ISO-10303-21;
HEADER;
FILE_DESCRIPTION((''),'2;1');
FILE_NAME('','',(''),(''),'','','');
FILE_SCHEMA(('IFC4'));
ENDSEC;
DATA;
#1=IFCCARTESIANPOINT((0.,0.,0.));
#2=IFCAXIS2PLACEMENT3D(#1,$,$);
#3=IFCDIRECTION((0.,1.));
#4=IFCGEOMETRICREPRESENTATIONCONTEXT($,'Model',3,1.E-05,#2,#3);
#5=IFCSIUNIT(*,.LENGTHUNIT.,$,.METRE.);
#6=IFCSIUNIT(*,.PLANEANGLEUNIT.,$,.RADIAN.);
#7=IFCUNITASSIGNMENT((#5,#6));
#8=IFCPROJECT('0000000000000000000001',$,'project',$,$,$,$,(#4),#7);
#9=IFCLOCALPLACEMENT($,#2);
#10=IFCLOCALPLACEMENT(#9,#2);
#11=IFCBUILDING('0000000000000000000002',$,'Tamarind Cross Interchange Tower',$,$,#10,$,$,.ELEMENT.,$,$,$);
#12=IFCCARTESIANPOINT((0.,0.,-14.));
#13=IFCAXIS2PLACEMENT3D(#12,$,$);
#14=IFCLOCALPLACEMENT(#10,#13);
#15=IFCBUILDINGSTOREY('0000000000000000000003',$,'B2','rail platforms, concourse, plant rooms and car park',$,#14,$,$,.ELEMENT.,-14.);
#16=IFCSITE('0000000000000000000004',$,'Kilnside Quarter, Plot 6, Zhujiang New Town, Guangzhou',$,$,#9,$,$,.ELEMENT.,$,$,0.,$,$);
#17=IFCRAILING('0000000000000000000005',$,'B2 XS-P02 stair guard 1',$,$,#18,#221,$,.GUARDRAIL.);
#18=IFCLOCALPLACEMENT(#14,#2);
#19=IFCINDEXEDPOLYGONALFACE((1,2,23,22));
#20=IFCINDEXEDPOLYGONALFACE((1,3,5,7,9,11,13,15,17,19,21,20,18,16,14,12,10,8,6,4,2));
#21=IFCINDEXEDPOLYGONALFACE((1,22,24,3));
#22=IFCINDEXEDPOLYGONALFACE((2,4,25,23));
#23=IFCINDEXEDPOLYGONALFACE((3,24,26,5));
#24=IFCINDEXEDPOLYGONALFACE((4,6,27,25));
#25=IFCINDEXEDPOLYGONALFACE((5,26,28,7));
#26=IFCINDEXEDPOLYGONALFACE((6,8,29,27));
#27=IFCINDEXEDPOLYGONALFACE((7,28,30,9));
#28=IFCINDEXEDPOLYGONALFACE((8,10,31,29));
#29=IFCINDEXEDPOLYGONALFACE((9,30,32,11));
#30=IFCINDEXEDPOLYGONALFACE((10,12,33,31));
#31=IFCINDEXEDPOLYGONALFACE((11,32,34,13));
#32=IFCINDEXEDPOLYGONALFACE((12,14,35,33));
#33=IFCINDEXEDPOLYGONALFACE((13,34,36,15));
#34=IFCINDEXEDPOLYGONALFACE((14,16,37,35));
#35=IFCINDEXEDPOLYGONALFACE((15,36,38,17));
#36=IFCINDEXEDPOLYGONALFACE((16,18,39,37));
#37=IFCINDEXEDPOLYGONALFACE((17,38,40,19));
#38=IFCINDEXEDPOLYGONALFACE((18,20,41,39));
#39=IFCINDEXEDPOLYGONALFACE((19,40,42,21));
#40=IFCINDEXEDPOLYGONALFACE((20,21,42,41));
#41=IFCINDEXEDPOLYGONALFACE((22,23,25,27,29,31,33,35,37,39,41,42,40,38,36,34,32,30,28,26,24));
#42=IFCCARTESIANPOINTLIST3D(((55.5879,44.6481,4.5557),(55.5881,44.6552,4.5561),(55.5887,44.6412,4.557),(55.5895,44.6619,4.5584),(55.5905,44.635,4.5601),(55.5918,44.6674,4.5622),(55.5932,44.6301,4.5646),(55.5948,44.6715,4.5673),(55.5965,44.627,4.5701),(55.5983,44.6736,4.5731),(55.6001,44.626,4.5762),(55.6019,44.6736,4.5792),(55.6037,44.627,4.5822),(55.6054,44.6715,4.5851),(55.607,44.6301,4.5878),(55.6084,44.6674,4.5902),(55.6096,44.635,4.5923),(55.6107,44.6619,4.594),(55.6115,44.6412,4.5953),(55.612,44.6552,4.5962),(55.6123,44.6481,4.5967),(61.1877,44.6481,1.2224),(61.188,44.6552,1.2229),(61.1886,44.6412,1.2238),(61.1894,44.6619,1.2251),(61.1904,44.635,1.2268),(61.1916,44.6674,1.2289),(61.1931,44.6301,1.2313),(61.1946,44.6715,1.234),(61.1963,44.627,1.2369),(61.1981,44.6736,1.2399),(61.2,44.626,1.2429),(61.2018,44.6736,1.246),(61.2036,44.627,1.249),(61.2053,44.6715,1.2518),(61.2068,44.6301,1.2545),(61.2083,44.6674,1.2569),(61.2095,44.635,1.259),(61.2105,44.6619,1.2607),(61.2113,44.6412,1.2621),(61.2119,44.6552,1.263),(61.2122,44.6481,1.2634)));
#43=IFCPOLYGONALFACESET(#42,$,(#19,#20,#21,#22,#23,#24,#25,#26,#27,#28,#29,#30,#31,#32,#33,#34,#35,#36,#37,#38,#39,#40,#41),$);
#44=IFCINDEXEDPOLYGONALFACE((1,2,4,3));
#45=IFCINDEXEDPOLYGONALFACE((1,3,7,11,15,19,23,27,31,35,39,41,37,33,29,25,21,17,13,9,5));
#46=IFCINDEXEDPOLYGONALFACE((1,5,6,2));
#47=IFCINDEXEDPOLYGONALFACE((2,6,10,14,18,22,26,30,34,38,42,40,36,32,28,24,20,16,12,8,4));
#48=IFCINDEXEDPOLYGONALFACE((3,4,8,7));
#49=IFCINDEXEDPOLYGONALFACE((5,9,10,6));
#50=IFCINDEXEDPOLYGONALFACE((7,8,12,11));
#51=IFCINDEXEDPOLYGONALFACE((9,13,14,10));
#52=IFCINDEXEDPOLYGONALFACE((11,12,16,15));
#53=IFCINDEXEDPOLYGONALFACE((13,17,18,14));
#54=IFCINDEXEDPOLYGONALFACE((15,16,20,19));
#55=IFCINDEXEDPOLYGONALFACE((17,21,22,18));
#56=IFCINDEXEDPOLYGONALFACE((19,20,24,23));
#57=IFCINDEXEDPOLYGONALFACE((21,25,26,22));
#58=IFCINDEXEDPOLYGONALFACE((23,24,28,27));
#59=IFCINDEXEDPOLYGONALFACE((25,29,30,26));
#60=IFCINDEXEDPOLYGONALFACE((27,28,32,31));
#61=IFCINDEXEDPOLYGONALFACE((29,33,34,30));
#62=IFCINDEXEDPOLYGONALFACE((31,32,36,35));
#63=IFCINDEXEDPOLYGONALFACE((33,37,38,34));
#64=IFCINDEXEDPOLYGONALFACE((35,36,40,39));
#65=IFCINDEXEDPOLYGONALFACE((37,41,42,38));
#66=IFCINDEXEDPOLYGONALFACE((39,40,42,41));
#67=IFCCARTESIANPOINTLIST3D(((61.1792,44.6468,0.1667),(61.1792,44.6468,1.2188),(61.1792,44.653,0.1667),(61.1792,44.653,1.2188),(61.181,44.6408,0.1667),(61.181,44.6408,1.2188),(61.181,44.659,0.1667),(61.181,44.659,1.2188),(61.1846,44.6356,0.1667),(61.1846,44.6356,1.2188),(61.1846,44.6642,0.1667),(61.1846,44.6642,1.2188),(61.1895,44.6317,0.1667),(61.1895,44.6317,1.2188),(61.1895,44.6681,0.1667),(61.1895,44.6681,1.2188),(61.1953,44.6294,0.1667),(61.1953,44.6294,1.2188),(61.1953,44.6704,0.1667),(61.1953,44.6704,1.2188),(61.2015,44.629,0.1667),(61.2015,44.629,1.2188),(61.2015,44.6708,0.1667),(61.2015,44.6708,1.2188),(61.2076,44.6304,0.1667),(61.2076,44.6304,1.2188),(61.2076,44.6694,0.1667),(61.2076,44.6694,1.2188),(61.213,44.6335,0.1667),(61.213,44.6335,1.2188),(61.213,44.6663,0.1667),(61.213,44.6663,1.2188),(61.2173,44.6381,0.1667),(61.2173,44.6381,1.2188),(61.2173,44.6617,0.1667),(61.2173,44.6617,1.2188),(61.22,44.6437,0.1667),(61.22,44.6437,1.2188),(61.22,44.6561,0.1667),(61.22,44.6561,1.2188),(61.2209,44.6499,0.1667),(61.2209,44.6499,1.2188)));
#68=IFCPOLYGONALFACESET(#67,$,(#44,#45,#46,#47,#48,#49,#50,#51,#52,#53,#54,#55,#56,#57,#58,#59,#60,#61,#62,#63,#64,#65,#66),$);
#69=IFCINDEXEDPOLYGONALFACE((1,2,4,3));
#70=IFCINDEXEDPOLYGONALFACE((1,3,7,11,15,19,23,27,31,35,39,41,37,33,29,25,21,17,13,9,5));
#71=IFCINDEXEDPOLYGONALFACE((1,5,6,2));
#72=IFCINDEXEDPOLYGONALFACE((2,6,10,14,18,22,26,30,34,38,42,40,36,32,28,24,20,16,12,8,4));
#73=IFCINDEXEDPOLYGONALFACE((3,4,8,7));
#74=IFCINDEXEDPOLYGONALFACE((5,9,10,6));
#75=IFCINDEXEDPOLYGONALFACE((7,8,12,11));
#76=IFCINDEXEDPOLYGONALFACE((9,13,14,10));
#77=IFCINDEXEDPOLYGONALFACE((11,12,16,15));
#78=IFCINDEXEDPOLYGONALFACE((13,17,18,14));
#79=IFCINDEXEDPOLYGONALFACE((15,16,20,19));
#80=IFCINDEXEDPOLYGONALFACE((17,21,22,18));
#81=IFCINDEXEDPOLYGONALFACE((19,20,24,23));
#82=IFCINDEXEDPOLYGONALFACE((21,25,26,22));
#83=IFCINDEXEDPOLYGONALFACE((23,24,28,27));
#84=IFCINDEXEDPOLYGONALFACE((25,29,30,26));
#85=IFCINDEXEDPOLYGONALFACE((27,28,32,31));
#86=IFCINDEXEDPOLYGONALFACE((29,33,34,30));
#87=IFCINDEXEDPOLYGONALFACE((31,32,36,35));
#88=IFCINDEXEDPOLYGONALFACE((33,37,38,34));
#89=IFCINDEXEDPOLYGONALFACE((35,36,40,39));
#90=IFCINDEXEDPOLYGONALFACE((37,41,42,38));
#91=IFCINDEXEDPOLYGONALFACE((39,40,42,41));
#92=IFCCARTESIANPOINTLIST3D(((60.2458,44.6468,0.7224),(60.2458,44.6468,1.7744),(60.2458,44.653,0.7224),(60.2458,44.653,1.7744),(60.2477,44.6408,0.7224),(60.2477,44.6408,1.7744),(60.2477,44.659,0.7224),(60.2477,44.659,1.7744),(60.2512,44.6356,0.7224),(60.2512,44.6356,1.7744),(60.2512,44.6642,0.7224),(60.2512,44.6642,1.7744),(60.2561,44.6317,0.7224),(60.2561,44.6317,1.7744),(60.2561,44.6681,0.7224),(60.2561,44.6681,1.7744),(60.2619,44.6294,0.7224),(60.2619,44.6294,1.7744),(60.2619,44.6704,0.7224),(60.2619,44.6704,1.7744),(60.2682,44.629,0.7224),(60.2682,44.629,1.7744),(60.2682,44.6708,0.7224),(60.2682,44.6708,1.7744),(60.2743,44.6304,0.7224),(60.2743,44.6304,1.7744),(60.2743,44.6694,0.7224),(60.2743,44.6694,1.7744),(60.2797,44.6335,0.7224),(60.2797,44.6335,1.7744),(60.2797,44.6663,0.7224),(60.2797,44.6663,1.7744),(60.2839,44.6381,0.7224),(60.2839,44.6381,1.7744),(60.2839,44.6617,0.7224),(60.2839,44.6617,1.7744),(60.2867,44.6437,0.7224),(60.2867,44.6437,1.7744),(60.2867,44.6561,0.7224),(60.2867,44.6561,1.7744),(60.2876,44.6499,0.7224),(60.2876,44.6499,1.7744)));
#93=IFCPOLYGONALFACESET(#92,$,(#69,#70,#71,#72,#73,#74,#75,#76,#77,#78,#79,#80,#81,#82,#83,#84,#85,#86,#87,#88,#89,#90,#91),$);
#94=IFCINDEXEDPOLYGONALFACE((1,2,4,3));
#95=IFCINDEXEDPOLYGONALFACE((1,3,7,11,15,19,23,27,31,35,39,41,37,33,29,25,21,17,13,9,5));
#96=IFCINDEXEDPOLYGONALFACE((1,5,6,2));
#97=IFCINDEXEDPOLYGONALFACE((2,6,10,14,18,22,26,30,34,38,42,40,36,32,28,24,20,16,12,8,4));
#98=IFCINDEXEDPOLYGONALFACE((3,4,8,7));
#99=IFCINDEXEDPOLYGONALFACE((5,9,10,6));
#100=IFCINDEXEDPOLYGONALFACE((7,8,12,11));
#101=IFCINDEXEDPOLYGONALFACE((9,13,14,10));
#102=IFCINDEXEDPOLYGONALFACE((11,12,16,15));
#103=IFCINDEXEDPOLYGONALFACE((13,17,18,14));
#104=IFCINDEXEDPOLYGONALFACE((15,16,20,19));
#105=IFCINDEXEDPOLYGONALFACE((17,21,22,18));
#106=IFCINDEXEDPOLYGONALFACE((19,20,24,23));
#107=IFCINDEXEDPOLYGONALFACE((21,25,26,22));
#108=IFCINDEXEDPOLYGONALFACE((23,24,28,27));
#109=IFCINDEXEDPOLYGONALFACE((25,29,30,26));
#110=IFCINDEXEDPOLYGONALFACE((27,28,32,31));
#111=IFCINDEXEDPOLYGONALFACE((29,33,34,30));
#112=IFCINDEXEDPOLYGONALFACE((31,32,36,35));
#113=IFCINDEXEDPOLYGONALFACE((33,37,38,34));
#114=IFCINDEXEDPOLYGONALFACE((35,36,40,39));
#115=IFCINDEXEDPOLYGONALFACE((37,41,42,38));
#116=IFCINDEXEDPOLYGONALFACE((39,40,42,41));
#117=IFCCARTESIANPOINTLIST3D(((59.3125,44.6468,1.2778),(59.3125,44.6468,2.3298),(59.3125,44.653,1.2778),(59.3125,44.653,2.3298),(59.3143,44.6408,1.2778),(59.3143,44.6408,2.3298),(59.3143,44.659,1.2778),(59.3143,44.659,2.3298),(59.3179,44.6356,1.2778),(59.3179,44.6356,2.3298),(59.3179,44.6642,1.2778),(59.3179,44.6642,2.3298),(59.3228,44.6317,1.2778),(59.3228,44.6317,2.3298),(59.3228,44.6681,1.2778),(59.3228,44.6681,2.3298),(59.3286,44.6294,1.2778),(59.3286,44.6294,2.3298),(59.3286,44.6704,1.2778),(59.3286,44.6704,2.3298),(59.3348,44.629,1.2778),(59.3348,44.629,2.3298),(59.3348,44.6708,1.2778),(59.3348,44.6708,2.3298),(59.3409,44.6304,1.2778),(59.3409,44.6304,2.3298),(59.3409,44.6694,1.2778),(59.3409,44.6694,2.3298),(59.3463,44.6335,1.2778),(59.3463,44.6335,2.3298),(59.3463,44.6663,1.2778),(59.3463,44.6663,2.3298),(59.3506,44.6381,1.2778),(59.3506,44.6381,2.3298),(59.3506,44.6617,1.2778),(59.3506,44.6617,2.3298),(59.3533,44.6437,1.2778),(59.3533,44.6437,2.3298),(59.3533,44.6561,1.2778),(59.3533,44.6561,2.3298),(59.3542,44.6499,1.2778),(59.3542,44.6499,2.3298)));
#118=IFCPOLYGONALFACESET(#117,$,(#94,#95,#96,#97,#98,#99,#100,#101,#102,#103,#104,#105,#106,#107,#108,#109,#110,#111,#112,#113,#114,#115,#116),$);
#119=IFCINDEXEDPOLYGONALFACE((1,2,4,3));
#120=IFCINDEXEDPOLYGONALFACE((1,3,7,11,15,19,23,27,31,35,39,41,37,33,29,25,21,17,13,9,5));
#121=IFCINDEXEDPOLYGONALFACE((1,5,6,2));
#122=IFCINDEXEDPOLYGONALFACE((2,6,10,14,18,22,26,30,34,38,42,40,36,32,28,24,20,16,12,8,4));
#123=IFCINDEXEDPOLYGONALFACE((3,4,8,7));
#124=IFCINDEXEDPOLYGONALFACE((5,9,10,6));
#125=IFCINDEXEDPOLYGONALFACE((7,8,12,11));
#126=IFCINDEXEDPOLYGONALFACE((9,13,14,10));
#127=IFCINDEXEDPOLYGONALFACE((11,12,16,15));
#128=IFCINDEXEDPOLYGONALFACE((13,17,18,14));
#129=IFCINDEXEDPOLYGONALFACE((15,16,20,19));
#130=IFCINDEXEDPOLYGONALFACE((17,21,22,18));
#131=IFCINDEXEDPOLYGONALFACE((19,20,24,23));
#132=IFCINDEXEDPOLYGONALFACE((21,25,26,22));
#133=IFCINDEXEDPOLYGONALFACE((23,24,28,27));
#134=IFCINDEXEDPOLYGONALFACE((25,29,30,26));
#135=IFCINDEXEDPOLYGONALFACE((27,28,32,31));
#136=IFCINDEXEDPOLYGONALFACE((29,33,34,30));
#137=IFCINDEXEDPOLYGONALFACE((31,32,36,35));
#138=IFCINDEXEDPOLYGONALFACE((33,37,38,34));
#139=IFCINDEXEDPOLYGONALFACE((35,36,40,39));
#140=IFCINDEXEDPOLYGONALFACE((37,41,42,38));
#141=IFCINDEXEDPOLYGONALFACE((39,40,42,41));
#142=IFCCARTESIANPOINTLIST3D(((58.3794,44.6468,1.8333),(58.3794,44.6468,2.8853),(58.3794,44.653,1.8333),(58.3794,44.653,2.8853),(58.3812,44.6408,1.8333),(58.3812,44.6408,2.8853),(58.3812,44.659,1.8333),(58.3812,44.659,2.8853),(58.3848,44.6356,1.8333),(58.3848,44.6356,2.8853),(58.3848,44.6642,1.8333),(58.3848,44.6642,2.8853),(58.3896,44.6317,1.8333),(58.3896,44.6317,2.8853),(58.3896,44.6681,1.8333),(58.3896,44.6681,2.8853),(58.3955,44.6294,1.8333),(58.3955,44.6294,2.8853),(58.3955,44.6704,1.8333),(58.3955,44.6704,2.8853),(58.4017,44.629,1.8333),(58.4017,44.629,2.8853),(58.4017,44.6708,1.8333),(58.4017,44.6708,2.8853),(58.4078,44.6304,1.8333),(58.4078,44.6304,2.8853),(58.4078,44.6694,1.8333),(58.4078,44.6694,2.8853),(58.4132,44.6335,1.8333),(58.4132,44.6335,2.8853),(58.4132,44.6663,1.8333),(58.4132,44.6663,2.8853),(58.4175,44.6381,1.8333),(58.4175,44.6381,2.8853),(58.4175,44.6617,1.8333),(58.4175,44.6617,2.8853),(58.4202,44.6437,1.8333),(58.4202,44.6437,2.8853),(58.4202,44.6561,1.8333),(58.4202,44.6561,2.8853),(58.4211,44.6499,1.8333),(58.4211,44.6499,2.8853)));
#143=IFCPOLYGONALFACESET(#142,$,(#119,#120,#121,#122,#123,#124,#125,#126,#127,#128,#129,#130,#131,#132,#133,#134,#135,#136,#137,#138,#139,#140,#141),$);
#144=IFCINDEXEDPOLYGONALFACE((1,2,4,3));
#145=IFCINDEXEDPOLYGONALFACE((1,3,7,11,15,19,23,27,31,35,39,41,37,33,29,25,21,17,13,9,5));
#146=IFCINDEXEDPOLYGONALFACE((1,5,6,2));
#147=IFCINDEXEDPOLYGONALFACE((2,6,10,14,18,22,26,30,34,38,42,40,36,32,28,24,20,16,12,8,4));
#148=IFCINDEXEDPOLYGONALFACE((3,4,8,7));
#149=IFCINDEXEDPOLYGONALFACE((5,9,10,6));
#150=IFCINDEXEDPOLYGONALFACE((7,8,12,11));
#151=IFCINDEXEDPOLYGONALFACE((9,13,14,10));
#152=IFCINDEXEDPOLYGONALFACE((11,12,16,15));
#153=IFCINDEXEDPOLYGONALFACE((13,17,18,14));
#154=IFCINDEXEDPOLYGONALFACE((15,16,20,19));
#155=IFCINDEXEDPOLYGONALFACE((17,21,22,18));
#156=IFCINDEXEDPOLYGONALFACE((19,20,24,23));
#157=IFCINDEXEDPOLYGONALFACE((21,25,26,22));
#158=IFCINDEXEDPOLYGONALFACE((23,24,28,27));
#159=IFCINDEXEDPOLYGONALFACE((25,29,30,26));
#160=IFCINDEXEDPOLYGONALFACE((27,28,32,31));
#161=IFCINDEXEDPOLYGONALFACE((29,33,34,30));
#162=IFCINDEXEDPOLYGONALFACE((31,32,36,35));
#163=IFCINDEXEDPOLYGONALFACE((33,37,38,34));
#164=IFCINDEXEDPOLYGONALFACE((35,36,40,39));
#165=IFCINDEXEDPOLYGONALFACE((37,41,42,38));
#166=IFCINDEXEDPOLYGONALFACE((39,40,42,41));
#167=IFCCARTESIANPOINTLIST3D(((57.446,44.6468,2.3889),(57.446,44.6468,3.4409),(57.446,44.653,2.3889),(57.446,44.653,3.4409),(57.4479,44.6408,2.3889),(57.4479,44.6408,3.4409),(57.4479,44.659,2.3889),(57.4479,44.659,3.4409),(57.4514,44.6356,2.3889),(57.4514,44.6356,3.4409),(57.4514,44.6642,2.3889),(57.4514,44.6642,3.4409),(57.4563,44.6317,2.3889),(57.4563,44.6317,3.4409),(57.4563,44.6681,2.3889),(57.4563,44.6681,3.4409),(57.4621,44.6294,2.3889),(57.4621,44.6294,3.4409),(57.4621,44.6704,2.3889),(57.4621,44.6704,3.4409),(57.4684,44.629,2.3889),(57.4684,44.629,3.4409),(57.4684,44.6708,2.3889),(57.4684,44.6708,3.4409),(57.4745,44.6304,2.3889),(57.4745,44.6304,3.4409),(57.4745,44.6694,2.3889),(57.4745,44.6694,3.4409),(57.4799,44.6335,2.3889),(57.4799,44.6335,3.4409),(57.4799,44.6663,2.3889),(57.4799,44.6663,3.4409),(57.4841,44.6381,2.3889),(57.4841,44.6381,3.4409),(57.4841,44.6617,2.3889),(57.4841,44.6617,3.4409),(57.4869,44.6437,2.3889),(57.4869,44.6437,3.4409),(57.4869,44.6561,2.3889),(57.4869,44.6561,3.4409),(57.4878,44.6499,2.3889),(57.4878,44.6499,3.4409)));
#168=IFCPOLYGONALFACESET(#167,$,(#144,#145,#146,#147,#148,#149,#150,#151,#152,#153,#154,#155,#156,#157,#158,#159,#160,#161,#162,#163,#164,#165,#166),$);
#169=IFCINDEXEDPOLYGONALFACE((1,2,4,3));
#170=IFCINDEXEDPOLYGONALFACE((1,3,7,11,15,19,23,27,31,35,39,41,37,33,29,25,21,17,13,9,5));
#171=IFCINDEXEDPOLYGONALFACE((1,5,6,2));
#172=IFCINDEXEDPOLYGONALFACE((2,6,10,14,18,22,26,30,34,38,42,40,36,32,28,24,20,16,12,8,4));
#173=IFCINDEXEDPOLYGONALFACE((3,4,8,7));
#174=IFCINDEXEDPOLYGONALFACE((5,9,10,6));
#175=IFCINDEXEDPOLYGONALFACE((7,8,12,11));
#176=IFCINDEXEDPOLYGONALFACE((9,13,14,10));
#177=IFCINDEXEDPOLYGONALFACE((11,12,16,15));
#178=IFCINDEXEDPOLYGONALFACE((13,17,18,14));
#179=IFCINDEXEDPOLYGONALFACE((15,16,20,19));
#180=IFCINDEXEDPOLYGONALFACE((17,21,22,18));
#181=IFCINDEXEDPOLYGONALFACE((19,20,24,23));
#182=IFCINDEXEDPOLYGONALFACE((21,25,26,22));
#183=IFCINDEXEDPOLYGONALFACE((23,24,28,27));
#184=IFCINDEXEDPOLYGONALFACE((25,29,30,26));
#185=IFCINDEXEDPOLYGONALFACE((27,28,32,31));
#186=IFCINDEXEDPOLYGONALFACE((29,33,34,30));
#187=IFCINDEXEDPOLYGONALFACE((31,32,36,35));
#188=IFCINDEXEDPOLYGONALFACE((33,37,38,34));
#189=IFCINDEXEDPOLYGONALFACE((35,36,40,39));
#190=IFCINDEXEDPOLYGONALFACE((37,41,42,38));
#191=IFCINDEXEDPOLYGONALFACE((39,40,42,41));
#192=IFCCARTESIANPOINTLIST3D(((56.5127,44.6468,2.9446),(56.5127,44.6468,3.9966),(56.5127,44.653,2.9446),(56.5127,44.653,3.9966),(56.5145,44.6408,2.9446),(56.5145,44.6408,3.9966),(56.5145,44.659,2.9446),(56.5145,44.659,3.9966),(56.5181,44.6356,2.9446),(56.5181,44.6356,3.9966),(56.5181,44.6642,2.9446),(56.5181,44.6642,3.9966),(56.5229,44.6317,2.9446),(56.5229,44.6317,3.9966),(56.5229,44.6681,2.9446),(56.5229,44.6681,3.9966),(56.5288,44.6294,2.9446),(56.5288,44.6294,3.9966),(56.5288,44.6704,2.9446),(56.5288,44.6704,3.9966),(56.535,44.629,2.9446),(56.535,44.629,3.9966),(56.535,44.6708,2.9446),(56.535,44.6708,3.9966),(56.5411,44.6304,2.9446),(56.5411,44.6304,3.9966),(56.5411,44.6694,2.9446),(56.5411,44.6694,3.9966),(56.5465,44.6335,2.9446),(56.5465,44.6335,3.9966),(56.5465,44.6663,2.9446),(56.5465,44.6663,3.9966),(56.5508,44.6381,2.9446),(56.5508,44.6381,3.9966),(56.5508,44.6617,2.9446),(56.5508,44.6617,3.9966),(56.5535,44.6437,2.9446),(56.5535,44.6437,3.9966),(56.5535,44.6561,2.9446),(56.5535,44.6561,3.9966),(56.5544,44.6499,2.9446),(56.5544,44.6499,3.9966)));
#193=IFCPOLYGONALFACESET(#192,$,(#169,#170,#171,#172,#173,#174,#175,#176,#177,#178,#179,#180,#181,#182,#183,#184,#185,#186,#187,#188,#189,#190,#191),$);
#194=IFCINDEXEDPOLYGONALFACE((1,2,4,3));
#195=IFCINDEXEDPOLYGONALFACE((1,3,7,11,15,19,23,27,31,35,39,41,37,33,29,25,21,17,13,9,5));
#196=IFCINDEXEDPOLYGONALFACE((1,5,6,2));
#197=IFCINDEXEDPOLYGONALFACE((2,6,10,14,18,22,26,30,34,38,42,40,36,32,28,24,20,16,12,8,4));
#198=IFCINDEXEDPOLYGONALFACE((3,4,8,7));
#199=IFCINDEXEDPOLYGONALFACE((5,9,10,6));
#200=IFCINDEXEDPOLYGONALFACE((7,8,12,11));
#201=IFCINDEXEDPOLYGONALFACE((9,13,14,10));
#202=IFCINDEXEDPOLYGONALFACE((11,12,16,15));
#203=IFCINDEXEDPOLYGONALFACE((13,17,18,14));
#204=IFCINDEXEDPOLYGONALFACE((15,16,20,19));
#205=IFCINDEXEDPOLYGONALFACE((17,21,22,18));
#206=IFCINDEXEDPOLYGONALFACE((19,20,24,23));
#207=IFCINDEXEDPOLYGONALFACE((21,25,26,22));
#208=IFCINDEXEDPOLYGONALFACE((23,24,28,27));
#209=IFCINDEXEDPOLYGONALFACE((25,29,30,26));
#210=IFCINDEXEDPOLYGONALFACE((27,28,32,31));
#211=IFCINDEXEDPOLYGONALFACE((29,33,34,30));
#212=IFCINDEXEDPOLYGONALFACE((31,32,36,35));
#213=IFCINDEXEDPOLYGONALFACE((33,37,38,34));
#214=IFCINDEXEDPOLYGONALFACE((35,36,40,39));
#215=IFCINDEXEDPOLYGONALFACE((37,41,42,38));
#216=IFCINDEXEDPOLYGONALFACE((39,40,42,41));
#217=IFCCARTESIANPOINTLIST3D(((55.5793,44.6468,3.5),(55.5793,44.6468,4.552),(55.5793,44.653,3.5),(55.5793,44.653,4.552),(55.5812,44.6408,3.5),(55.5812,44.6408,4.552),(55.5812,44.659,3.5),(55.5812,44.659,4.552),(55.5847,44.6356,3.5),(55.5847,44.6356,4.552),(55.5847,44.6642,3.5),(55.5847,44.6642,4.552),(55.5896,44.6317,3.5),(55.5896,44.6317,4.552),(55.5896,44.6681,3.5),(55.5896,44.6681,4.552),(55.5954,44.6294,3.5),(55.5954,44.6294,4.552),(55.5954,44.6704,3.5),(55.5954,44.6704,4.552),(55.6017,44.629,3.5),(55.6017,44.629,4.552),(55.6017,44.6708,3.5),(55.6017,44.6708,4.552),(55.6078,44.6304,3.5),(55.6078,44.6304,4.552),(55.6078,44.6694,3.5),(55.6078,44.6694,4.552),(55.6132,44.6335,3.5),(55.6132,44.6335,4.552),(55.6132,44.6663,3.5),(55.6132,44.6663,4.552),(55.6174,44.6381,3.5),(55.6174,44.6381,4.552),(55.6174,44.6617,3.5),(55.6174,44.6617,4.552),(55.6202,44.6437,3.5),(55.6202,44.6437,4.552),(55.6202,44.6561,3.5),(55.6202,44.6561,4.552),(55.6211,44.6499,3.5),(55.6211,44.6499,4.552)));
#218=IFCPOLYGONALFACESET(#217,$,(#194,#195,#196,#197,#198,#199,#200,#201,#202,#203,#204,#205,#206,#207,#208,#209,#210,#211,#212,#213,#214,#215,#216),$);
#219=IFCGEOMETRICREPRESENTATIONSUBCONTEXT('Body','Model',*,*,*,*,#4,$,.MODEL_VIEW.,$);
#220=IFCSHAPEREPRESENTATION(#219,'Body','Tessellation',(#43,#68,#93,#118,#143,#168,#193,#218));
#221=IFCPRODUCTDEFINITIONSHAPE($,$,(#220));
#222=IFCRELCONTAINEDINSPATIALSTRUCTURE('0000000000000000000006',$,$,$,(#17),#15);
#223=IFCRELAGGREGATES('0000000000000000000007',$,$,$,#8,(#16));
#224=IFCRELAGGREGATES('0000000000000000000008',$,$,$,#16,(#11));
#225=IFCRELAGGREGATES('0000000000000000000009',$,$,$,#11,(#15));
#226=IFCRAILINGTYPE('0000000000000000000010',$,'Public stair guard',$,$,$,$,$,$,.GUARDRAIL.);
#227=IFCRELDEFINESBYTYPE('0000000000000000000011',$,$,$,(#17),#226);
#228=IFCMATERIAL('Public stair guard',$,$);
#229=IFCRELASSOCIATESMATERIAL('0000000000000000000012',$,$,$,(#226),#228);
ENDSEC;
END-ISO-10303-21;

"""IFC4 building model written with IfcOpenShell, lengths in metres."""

from ifc_helpers import new_model, si_unit, direction, frame, origin, origin_2d, place, context, subcontext, project, spatial, circle, extrude, material, type_object, element, save


model = new_model("IFC4")

# Units and contexts
model_context = context("Model", 3, precision=1e-05, world=origin(), true_north=direction((0.0, 1.0)))
body_context = subcontext(model_context, "Body", "Model", "MODEL_VIEW")
ifc_project = project(units=[si_unit("LENGTHUNIT", "METRE"), si_unit("PLANEANGLEUNIT", "RADIAN")], contexts=[model_context])

# Site, building, storey
site_placement = place(None, origin())
site = spatial("IfcSite", under=ifc_project, at=site_placement, Name="Kilnside Quarter, Plot 6, Zhujiang New Town, Guangzhou", CompositionType="ELEMENT", RefElevation=0.0)
building_placement = place(site_placement, origin())
building = spatial("IfcBuilding", under=site, at=building_placement, Name="Tamarind Cross Interchange Tower", CompositionType="ELEMENT")
storey_placement = place(building_placement, frame((0.0, 0.0, -14.0)))
storey = spatial("IfcBuildingStorey", under=building, at=storey_placement, Name="B2", Description="rail platforms, concourse, plant rooms and car park", CompositionType="ELEMENT", Elevation=-14.0)

# Railing
ifc_material_1 = material(Name="Public stair guard")
railing_type_1 = type_object("IfcRailingType", Name="Public stair guard", PredefinedType="GUARDRAIL", material=ifc_material_1)
railing_1_placement = place(storey_placement, frame((61.2, 44.6499, 0.1667)))
element("IfcRailing", 1, at=railing_1_placement, inside=storey, type_object=railing_type_1, Name="B2 XS-P02 stair guard 1", PredefinedType="GUARDRAIL", context=body_context, shape_type="SweptSolid", body=[
    extrude(circle(Radius=0.0239, at=origin_2d()), frame((0.0, 0.0, 1.0762), z_axis=(-0.859292, 0.0, 0.511485), x_axis=(0.0, -1.0, 0.0)), (0.0, 0.0, 1.0), 6.5168),
    extrude(circle(Radius=0.021, at=origin_2d()), origin(), (0.0, 0.0, 1.0), 1.052),
    extrude(circle(Radius=0.021, at=origin_2d()), frame((-0.9333, 0.0, 0.5557)), (0.0, 0.0, 1.0), 1.052),
    extrude(circle(Radius=0.021, at=origin_2d()), frame((-1.8667, 0.0, 1.1111)), (0.0, 0.0, 1.0), 1.052),
    extrude(circle(Radius=0.021, at=origin_2d()), frame((-2.7998, 0.0, 1.6665)), (0.0, 0.0, 1.0), 1.052),
    extrude(circle(Radius=0.021, at=origin_2d()), frame((-3.7332, 0.0, 2.2222)), (0.0, 0.0, 1.0), 1.052),
    extrude(circle(Radius=0.021, at=origin_2d()), frame((-4.6665, 0.0, 2.7778)), (0.0, 0.0, 1.0), 1.052),
    extrude(circle(Radius=0.021, at=origin_2d()), frame((-5.5999, 0.0, 3.3333)), (0.0, 0.0, 1.0), 1.052),
])

save(model, "model.ifc")
